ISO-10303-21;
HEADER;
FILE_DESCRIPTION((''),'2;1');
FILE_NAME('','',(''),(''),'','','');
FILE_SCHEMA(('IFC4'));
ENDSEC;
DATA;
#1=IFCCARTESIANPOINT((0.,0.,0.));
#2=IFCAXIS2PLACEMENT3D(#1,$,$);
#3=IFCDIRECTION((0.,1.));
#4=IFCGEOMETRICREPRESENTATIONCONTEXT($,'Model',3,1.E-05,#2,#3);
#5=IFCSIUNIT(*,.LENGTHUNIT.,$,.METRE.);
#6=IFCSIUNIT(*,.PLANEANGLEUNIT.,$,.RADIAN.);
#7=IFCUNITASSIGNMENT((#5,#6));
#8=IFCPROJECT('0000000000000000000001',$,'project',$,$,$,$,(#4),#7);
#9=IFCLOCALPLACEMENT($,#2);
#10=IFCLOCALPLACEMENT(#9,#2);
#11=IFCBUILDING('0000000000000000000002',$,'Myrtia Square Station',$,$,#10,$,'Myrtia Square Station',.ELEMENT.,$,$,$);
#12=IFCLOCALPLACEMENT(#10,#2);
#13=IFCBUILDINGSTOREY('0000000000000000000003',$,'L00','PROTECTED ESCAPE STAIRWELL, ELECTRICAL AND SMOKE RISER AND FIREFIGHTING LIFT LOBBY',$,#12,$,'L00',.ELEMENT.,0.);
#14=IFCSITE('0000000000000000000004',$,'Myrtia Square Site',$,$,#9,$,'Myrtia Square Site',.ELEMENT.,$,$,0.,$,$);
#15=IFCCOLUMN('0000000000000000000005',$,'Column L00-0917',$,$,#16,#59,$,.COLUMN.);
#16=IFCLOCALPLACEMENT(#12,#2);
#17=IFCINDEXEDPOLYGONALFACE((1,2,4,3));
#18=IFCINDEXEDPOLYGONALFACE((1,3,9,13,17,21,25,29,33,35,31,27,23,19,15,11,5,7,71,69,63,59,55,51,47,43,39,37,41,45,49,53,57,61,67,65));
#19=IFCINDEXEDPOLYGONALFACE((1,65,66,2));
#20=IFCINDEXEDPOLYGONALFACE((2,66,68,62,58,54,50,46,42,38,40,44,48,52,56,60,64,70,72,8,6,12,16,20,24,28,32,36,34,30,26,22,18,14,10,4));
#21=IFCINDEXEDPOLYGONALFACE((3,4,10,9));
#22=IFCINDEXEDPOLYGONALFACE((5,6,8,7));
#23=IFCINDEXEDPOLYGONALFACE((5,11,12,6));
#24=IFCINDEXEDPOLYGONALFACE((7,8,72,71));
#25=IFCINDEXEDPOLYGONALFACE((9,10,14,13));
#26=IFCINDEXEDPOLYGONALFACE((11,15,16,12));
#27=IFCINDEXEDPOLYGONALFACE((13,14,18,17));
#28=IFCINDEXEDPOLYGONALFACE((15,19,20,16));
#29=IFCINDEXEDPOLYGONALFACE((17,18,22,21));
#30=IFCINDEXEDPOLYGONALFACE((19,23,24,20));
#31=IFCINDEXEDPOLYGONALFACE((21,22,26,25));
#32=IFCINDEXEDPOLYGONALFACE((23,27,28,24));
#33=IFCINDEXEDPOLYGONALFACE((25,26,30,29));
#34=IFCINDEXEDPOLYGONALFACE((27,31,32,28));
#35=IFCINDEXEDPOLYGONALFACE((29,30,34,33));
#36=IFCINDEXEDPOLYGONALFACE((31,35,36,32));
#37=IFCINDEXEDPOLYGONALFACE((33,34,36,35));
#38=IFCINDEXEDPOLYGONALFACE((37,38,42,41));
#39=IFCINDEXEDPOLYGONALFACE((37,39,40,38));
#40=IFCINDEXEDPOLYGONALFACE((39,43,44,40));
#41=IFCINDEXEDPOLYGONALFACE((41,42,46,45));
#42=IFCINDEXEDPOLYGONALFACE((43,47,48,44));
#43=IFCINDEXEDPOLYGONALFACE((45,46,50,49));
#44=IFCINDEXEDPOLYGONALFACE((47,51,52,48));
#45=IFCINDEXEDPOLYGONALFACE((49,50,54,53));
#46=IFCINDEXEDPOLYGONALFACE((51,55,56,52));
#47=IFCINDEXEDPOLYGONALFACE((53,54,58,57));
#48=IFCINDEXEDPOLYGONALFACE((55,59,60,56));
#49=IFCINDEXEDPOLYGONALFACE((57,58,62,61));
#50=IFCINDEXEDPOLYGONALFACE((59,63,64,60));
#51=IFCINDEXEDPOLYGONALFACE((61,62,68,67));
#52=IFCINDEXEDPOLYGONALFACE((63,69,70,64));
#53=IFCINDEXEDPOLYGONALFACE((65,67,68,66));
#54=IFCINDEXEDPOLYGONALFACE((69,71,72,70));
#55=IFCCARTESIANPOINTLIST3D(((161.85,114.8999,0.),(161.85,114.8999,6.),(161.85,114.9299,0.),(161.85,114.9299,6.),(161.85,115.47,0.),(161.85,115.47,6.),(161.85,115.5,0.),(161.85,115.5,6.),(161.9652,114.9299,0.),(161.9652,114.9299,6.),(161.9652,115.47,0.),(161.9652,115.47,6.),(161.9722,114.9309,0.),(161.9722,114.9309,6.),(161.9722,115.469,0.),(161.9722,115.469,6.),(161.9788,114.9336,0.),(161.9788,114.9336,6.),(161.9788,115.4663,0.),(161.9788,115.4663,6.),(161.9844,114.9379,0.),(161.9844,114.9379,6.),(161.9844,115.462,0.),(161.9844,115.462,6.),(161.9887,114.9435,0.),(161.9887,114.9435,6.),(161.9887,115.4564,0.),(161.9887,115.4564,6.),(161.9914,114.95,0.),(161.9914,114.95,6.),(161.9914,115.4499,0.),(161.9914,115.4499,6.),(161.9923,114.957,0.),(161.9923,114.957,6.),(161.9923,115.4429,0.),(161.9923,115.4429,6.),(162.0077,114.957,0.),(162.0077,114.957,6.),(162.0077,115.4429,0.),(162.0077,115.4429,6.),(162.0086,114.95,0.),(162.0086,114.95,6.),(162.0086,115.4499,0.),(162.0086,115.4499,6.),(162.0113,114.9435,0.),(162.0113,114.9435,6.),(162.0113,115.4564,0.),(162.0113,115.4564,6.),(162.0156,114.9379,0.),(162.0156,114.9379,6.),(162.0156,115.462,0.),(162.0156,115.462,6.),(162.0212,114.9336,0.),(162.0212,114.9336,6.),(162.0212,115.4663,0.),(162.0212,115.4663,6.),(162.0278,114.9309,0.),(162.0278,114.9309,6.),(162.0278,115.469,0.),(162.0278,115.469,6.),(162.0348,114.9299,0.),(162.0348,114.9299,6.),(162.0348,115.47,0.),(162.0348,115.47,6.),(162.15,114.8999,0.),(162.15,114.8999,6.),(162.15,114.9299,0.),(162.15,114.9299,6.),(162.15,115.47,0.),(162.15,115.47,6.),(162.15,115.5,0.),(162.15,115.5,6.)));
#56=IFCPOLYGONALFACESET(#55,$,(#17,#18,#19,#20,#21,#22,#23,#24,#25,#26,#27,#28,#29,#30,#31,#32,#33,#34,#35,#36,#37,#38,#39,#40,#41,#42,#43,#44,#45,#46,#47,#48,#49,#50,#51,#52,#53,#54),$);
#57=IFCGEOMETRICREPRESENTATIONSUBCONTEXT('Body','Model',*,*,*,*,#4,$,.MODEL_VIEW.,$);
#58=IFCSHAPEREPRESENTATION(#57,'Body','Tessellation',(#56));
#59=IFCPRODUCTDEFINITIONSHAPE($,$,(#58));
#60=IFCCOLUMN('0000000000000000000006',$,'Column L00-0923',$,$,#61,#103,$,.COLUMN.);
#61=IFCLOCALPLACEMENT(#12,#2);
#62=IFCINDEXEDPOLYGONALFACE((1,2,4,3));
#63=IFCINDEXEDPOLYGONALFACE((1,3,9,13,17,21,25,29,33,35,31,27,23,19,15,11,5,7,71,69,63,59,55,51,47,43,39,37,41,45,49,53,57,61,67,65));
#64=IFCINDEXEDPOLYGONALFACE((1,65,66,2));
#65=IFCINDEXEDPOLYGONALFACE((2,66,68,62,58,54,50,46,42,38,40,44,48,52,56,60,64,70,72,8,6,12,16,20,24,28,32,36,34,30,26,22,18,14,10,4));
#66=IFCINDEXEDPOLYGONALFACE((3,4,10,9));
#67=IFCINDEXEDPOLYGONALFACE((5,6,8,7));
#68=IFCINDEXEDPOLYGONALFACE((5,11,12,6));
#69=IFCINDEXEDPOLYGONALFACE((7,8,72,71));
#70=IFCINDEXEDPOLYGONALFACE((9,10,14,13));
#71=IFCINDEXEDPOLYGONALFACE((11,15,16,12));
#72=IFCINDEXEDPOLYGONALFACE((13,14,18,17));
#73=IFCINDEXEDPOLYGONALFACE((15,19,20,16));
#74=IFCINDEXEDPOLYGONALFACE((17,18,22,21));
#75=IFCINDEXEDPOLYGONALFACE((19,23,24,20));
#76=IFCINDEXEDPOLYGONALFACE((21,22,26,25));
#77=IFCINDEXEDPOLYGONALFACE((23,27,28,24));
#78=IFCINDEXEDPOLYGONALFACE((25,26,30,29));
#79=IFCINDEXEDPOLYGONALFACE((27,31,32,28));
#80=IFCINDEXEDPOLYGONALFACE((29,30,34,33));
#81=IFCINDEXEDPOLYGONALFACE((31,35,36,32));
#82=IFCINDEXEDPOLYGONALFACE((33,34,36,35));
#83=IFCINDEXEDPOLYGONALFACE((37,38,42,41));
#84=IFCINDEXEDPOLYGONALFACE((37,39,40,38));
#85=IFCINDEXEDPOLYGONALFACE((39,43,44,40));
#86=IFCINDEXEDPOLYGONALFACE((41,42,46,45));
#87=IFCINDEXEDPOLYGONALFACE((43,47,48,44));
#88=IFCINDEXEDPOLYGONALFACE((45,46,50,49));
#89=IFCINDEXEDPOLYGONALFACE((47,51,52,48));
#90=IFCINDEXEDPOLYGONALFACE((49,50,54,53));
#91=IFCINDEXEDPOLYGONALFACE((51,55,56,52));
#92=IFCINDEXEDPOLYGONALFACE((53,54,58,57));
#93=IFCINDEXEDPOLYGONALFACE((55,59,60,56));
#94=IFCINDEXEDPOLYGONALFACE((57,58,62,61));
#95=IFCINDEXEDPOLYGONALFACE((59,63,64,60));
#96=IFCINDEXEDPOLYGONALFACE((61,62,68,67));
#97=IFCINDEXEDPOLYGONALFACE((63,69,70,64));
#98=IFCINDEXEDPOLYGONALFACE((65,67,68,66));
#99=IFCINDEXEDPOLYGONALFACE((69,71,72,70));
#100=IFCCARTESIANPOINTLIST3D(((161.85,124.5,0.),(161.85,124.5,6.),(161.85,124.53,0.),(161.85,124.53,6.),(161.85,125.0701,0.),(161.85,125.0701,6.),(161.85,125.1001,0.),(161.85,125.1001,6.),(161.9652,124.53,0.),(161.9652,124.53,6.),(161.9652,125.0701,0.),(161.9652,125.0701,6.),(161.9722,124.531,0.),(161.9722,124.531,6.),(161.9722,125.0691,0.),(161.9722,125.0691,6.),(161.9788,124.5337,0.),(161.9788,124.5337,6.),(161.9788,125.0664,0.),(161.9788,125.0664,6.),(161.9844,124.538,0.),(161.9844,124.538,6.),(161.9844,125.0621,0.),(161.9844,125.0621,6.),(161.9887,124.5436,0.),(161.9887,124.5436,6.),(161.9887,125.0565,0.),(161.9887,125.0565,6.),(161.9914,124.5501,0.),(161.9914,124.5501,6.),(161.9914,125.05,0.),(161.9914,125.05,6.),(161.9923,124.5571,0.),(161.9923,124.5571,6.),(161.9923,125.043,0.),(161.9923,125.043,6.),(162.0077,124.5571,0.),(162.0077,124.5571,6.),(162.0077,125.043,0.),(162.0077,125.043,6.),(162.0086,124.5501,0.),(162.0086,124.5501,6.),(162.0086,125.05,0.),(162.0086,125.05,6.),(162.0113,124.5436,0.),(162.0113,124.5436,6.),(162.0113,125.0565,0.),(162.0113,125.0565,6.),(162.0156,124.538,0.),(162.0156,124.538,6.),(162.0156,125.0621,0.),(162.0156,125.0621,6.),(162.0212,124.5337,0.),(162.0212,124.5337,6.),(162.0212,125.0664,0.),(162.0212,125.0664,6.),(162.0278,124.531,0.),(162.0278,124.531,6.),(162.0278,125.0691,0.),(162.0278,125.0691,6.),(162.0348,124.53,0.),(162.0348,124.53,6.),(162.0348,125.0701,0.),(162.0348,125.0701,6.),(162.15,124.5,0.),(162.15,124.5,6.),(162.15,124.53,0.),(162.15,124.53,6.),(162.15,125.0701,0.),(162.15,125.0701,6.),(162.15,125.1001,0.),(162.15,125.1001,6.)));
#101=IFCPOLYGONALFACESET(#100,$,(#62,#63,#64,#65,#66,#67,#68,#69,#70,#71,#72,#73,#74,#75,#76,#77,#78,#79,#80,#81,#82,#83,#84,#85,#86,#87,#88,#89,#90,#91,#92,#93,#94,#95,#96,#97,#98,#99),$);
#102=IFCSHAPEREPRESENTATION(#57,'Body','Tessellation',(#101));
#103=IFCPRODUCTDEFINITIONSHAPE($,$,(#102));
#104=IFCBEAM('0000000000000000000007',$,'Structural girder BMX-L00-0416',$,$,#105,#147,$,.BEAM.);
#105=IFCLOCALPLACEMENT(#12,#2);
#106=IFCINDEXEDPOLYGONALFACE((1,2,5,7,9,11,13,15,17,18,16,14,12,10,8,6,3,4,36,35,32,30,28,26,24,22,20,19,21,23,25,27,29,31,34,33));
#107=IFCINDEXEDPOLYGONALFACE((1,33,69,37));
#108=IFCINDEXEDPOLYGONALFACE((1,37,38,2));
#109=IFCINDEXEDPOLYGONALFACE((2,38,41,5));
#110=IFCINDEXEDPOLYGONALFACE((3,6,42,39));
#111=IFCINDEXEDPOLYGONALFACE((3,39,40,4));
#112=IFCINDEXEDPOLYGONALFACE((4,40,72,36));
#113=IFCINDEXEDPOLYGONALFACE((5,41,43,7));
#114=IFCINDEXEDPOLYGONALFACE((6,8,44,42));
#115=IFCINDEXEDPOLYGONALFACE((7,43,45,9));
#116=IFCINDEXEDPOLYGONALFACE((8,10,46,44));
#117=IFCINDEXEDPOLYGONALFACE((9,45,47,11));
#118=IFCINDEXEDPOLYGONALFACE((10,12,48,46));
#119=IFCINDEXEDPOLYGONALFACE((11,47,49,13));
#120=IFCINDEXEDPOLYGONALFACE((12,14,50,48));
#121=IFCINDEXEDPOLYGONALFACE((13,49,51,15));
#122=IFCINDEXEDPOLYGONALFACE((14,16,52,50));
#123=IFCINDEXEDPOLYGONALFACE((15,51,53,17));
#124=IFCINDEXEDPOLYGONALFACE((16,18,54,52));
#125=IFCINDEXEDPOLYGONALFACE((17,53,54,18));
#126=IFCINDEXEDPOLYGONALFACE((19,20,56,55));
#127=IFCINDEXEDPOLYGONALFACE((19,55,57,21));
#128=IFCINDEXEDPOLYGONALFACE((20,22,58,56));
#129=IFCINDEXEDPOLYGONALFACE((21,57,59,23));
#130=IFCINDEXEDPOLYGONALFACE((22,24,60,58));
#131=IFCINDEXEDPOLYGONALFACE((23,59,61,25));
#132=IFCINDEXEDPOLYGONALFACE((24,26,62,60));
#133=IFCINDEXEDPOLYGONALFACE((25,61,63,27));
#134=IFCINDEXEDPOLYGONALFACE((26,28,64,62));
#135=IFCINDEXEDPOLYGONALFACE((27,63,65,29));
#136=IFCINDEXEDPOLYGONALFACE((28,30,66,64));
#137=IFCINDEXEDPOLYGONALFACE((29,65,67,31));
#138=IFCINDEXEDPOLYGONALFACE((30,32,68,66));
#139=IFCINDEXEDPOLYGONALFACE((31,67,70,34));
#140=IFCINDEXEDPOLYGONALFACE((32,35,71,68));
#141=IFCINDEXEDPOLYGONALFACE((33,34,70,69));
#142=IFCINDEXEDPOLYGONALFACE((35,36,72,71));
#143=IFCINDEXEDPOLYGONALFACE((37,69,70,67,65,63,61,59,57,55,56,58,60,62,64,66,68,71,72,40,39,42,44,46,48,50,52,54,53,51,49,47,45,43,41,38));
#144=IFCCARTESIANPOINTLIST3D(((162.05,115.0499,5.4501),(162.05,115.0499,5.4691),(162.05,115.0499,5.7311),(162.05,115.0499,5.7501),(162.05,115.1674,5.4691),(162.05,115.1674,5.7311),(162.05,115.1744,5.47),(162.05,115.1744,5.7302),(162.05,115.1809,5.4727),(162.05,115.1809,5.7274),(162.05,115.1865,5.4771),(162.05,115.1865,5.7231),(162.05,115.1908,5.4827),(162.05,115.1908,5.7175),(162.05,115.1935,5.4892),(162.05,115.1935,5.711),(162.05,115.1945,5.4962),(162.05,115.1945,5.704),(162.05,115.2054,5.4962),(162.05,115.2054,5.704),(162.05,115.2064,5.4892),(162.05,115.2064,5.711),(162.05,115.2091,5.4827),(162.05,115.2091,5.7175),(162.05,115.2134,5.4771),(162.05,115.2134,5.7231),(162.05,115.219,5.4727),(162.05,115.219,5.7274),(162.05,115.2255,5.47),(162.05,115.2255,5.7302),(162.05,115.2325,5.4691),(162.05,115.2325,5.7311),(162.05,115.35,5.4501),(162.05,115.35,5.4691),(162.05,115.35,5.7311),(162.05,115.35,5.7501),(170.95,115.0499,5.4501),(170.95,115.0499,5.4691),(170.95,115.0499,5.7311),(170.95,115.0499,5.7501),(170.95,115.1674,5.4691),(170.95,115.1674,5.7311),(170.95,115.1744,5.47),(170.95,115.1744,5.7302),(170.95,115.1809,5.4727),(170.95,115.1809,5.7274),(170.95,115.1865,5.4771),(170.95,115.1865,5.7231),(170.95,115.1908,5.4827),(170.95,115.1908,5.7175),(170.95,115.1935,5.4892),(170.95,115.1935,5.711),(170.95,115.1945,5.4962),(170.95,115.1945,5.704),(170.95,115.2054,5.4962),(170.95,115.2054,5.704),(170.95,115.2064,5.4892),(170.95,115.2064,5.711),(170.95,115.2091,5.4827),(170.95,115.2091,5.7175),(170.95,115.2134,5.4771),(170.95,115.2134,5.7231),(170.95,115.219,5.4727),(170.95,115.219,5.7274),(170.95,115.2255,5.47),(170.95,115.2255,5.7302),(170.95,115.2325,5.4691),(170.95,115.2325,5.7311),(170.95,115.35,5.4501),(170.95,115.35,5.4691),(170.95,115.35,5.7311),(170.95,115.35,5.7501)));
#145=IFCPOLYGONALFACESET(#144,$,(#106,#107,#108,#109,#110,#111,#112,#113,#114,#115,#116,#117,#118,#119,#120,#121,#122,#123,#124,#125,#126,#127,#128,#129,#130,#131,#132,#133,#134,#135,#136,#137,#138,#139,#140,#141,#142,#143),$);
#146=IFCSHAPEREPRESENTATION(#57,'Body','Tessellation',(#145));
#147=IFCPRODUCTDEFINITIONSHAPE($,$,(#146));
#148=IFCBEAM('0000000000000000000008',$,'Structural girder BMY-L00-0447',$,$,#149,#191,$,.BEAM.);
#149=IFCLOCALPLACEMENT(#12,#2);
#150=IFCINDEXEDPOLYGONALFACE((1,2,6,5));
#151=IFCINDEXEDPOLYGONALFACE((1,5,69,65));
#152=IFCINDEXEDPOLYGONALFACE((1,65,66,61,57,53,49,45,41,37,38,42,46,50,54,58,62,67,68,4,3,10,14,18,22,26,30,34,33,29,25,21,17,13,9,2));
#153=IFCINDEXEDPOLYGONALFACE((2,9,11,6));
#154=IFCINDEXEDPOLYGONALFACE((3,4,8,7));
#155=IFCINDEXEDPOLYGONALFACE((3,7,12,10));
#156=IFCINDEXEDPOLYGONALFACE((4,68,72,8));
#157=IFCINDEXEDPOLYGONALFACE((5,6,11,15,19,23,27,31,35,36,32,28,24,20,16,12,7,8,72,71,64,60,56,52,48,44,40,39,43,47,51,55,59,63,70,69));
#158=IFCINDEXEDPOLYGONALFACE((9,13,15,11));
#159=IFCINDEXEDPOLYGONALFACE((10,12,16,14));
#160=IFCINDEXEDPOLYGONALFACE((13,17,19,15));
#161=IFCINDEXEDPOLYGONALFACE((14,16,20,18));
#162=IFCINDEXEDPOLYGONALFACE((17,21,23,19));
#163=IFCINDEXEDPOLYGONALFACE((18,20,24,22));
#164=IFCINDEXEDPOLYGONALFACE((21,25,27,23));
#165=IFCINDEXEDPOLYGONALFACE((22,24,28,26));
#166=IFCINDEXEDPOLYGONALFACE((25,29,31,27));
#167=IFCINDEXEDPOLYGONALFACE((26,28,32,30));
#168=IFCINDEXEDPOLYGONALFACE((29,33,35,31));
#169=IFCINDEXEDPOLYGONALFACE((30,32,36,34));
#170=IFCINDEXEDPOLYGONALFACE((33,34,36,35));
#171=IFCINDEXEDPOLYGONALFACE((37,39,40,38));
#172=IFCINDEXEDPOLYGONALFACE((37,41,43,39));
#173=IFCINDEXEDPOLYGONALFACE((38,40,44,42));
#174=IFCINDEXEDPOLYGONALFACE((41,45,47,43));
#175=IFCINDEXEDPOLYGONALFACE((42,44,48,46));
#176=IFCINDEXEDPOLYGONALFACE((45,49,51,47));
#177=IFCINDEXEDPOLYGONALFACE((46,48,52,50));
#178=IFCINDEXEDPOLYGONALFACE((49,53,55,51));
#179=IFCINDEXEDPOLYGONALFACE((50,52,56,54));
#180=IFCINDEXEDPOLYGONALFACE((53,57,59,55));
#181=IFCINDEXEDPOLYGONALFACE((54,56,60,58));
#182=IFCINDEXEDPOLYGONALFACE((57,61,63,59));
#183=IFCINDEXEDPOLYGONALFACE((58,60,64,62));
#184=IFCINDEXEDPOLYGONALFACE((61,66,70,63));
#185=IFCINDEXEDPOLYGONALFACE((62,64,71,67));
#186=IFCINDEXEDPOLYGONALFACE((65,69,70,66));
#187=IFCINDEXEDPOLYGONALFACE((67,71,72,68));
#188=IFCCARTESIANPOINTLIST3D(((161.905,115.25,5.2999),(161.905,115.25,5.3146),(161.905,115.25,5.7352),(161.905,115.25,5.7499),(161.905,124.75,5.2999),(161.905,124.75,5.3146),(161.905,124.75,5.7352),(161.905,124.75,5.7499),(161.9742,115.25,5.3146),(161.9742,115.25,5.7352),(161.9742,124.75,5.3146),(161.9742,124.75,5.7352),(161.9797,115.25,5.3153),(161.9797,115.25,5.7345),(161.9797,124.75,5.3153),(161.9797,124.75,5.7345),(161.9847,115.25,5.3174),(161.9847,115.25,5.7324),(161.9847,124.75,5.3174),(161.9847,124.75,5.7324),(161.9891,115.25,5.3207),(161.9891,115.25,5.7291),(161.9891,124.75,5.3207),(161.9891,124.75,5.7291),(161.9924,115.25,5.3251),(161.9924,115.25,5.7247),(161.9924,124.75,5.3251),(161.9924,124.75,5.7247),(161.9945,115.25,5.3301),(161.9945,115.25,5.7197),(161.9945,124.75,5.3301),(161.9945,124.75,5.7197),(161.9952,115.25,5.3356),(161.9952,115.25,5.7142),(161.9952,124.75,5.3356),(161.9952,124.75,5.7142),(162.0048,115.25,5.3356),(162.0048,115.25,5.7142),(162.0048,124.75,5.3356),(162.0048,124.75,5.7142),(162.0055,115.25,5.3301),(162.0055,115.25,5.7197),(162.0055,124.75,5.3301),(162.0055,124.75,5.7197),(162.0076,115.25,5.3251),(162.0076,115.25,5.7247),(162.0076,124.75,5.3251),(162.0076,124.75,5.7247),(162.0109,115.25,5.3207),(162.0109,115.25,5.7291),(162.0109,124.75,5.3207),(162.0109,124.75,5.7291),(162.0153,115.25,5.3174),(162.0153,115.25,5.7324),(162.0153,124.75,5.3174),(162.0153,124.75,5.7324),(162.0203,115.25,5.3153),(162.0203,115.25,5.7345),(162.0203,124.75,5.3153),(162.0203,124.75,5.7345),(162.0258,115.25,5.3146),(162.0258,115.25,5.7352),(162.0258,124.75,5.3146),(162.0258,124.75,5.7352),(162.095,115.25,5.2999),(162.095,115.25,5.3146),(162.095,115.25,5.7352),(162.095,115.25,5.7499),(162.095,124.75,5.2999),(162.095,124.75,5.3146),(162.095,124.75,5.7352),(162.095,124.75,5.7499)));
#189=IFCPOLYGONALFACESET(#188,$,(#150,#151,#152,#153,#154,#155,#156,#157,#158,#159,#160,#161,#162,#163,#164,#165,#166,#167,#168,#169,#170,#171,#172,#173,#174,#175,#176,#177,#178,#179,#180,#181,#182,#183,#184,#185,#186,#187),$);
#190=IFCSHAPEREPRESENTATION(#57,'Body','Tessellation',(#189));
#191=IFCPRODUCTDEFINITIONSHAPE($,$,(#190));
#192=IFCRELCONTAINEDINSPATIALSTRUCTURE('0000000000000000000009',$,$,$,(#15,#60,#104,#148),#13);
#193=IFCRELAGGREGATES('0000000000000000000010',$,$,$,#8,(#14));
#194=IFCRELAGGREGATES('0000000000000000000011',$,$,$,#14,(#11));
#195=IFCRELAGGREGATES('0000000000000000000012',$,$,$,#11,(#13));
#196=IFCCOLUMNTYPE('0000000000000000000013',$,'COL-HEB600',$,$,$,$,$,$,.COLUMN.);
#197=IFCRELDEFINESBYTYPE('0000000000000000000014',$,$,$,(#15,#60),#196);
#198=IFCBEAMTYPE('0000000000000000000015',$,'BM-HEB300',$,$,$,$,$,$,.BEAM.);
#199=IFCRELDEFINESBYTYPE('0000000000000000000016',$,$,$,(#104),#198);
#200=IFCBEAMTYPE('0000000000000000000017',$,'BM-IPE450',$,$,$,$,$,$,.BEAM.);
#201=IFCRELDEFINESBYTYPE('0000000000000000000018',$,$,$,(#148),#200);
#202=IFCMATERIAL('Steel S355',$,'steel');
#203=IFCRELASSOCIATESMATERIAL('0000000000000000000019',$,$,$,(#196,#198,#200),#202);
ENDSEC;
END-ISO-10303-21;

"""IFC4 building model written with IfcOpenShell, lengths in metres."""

from ifc_helpers import new_model, si_unit, direction, frame, origin, origin_2d, place, context, subcontext, project, spatial, i_section, extrude, material, material_profile, profile_set, type_object, element, save


model = new_model("IFC4")

# Units and contexts
model_context = context("Model", 3, precision=1e-05, world=origin(), true_north=direction((0.0, 1.0)))
body_context = subcontext(model_context, "Body", "Model", "MODEL_VIEW")
ifc_project = project(units=[si_unit("LENGTHUNIT", "METRE"), si_unit("PLANEANGLEUNIT", "RADIAN")], contexts=[model_context])

# Site, building, storey
site_placement = place(None, origin())
site = spatial("IfcSite", under=ifc_project, at=site_placement, Name="Myrtia Square Site", LongName="Myrtia Square Site", CompositionType="ELEMENT", RefElevation=0.0)
building_placement = place(site_placement, origin())
building = spatial("IfcBuilding", under=site, at=building_placement, Name="Myrtia Square Station", LongName="Myrtia Square Station", CompositionType="ELEMENT")
storey_placement = place(building_placement, origin())
storey = spatial("IfcBuildingStorey", under=building, at=storey_placement, Name="L00", Description="PROTECTED ESCAPE STAIRWELL, ELECTRICAL AND SMOKE RISER AND FIREFIGHTING LIFT LOBBY", LongName="L00", CompositionType="ELEMENT", Elevation=0.0)

# Columns
ifc_material_1 = material(Name="Steel S355", Category="steel")
ifc_material_profile_1 = material_profile(ifc_material_1, i_section(OverallWidth=0.3, OverallDepth=0.6001, WebThickness=0.0154, FlangeThickness=0.03, FilletRadius=0.0271, at=origin_2d()), Name="HEB 600")
ifc_profile_set_1 = profile_set([ifc_material_profile_1], Name="Steel S355")
column_type = type_object("IfcColumnType", Name="COL-HEB600", PredefinedType="COLUMN", material=ifc_profile_set_1)
for number, where, z_axis, x_axis, name in (
    (1, (162.0, 115.2, 0.0), (0.0, 0.0, 1.0), (1.0, 0.0, 0.0), "Column L00-0917"),
    (2, (162.0, 124.8, 0.0), (0.0, 0.0, 1.0), (1.0, 0.0, 0.0), "Column L00-0923"),
):
    element("IfcColumn", number, at=place(storey_placement, frame(where, z_axis=z_axis, x_axis=x_axis)), inside=storey, type_object=column_type, Name=name, PredefinedType="COLUMN", context=body_context, shape_type="SweptSolid", body=[
        extrude(i_section(OverallWidth=0.3, OverallDepth=0.6001, WebThickness=0.0154, FlangeThickness=0.03, FilletRadius=0.0271, at=origin_2d()), origin(), (0.0, 0.0, 1.0), 6.0),
    ])

# Beams
ifc_material_profile_2 = material_profile(ifc_material_1, i_section(OverallWidth=0.3, OverallDepth=0.3, WebThickness=0.011, FlangeThickness=0.019, FilletRadius=0.0271, at=origin_2d()), Name="HEB 300")
ifc_profile_set_2 = profile_set([ifc_material_profile_2], Name="Steel S355")
beam_type_1 = type_object("IfcBeamType", Name="BM-HEB300", PredefinedType="BEAM", material=ifc_profile_set_2)
beam_1_placement = place(storey_placement, frame((162.05, 115.2, 5.6001), z_axis=(1.0, 0.0, 0.0), x_axis=(0.0, 1.0, 0.0)))
element("IfcBeam", 3, at=beam_1_placement, inside=storey, type_object=beam_type_1, Name="Structural girder BMX-L00-0416", PredefinedType="BEAM", context=body_context, shape_type="SweptSolid", body=[
    extrude(i_section(OverallWidth=0.3, OverallDepth=0.3, WebThickness=0.011, FlangeThickness=0.019, FilletRadius=0.0271, at=origin_2d()), origin(), (0.0, 0.0, 1.0), 8.8999),
])
ifc_material_profile_3 = material_profile(ifc_material_1, i_section(OverallWidth=0.1899, OverallDepth=0.45, WebThickness=0.0095, FlangeThickness=0.0146, FilletRadius=0.021, at=origin_2d()), Name="IPE 450")
ifc_profile_set_3 = profile_set([ifc_material_profile_3], Name="Steel S355")
beam_type_2 = type_object("IfcBeamType", Name="BM-IPE450", PredefinedType="BEAM", material=ifc_profile_set_3)
beam_2_placement = place(storey_placement, frame((162.0, 115.25, 5.5249), z_axis=(0.0, 1.0, 0.0), x_axis=(-1.0, 0.0, 0.0)))
element("IfcBeam", 4, at=beam_2_placement, inside=storey, type_object=beam_type_2, Name="Structural girder BMY-L00-0447", PredefinedType="BEAM", context=body_context, shape_type="SweptSolid", body=[
    extrude(i_section(OverallWidth=0.1899, OverallDepth=0.45, WebThickness=0.0095, FlangeThickness=0.0146, FilletRadius=0.021, at=origin_2d()), origin(), (0.0, 0.0, 1.0), 9.5),
])

save(model, "model.ifc")
